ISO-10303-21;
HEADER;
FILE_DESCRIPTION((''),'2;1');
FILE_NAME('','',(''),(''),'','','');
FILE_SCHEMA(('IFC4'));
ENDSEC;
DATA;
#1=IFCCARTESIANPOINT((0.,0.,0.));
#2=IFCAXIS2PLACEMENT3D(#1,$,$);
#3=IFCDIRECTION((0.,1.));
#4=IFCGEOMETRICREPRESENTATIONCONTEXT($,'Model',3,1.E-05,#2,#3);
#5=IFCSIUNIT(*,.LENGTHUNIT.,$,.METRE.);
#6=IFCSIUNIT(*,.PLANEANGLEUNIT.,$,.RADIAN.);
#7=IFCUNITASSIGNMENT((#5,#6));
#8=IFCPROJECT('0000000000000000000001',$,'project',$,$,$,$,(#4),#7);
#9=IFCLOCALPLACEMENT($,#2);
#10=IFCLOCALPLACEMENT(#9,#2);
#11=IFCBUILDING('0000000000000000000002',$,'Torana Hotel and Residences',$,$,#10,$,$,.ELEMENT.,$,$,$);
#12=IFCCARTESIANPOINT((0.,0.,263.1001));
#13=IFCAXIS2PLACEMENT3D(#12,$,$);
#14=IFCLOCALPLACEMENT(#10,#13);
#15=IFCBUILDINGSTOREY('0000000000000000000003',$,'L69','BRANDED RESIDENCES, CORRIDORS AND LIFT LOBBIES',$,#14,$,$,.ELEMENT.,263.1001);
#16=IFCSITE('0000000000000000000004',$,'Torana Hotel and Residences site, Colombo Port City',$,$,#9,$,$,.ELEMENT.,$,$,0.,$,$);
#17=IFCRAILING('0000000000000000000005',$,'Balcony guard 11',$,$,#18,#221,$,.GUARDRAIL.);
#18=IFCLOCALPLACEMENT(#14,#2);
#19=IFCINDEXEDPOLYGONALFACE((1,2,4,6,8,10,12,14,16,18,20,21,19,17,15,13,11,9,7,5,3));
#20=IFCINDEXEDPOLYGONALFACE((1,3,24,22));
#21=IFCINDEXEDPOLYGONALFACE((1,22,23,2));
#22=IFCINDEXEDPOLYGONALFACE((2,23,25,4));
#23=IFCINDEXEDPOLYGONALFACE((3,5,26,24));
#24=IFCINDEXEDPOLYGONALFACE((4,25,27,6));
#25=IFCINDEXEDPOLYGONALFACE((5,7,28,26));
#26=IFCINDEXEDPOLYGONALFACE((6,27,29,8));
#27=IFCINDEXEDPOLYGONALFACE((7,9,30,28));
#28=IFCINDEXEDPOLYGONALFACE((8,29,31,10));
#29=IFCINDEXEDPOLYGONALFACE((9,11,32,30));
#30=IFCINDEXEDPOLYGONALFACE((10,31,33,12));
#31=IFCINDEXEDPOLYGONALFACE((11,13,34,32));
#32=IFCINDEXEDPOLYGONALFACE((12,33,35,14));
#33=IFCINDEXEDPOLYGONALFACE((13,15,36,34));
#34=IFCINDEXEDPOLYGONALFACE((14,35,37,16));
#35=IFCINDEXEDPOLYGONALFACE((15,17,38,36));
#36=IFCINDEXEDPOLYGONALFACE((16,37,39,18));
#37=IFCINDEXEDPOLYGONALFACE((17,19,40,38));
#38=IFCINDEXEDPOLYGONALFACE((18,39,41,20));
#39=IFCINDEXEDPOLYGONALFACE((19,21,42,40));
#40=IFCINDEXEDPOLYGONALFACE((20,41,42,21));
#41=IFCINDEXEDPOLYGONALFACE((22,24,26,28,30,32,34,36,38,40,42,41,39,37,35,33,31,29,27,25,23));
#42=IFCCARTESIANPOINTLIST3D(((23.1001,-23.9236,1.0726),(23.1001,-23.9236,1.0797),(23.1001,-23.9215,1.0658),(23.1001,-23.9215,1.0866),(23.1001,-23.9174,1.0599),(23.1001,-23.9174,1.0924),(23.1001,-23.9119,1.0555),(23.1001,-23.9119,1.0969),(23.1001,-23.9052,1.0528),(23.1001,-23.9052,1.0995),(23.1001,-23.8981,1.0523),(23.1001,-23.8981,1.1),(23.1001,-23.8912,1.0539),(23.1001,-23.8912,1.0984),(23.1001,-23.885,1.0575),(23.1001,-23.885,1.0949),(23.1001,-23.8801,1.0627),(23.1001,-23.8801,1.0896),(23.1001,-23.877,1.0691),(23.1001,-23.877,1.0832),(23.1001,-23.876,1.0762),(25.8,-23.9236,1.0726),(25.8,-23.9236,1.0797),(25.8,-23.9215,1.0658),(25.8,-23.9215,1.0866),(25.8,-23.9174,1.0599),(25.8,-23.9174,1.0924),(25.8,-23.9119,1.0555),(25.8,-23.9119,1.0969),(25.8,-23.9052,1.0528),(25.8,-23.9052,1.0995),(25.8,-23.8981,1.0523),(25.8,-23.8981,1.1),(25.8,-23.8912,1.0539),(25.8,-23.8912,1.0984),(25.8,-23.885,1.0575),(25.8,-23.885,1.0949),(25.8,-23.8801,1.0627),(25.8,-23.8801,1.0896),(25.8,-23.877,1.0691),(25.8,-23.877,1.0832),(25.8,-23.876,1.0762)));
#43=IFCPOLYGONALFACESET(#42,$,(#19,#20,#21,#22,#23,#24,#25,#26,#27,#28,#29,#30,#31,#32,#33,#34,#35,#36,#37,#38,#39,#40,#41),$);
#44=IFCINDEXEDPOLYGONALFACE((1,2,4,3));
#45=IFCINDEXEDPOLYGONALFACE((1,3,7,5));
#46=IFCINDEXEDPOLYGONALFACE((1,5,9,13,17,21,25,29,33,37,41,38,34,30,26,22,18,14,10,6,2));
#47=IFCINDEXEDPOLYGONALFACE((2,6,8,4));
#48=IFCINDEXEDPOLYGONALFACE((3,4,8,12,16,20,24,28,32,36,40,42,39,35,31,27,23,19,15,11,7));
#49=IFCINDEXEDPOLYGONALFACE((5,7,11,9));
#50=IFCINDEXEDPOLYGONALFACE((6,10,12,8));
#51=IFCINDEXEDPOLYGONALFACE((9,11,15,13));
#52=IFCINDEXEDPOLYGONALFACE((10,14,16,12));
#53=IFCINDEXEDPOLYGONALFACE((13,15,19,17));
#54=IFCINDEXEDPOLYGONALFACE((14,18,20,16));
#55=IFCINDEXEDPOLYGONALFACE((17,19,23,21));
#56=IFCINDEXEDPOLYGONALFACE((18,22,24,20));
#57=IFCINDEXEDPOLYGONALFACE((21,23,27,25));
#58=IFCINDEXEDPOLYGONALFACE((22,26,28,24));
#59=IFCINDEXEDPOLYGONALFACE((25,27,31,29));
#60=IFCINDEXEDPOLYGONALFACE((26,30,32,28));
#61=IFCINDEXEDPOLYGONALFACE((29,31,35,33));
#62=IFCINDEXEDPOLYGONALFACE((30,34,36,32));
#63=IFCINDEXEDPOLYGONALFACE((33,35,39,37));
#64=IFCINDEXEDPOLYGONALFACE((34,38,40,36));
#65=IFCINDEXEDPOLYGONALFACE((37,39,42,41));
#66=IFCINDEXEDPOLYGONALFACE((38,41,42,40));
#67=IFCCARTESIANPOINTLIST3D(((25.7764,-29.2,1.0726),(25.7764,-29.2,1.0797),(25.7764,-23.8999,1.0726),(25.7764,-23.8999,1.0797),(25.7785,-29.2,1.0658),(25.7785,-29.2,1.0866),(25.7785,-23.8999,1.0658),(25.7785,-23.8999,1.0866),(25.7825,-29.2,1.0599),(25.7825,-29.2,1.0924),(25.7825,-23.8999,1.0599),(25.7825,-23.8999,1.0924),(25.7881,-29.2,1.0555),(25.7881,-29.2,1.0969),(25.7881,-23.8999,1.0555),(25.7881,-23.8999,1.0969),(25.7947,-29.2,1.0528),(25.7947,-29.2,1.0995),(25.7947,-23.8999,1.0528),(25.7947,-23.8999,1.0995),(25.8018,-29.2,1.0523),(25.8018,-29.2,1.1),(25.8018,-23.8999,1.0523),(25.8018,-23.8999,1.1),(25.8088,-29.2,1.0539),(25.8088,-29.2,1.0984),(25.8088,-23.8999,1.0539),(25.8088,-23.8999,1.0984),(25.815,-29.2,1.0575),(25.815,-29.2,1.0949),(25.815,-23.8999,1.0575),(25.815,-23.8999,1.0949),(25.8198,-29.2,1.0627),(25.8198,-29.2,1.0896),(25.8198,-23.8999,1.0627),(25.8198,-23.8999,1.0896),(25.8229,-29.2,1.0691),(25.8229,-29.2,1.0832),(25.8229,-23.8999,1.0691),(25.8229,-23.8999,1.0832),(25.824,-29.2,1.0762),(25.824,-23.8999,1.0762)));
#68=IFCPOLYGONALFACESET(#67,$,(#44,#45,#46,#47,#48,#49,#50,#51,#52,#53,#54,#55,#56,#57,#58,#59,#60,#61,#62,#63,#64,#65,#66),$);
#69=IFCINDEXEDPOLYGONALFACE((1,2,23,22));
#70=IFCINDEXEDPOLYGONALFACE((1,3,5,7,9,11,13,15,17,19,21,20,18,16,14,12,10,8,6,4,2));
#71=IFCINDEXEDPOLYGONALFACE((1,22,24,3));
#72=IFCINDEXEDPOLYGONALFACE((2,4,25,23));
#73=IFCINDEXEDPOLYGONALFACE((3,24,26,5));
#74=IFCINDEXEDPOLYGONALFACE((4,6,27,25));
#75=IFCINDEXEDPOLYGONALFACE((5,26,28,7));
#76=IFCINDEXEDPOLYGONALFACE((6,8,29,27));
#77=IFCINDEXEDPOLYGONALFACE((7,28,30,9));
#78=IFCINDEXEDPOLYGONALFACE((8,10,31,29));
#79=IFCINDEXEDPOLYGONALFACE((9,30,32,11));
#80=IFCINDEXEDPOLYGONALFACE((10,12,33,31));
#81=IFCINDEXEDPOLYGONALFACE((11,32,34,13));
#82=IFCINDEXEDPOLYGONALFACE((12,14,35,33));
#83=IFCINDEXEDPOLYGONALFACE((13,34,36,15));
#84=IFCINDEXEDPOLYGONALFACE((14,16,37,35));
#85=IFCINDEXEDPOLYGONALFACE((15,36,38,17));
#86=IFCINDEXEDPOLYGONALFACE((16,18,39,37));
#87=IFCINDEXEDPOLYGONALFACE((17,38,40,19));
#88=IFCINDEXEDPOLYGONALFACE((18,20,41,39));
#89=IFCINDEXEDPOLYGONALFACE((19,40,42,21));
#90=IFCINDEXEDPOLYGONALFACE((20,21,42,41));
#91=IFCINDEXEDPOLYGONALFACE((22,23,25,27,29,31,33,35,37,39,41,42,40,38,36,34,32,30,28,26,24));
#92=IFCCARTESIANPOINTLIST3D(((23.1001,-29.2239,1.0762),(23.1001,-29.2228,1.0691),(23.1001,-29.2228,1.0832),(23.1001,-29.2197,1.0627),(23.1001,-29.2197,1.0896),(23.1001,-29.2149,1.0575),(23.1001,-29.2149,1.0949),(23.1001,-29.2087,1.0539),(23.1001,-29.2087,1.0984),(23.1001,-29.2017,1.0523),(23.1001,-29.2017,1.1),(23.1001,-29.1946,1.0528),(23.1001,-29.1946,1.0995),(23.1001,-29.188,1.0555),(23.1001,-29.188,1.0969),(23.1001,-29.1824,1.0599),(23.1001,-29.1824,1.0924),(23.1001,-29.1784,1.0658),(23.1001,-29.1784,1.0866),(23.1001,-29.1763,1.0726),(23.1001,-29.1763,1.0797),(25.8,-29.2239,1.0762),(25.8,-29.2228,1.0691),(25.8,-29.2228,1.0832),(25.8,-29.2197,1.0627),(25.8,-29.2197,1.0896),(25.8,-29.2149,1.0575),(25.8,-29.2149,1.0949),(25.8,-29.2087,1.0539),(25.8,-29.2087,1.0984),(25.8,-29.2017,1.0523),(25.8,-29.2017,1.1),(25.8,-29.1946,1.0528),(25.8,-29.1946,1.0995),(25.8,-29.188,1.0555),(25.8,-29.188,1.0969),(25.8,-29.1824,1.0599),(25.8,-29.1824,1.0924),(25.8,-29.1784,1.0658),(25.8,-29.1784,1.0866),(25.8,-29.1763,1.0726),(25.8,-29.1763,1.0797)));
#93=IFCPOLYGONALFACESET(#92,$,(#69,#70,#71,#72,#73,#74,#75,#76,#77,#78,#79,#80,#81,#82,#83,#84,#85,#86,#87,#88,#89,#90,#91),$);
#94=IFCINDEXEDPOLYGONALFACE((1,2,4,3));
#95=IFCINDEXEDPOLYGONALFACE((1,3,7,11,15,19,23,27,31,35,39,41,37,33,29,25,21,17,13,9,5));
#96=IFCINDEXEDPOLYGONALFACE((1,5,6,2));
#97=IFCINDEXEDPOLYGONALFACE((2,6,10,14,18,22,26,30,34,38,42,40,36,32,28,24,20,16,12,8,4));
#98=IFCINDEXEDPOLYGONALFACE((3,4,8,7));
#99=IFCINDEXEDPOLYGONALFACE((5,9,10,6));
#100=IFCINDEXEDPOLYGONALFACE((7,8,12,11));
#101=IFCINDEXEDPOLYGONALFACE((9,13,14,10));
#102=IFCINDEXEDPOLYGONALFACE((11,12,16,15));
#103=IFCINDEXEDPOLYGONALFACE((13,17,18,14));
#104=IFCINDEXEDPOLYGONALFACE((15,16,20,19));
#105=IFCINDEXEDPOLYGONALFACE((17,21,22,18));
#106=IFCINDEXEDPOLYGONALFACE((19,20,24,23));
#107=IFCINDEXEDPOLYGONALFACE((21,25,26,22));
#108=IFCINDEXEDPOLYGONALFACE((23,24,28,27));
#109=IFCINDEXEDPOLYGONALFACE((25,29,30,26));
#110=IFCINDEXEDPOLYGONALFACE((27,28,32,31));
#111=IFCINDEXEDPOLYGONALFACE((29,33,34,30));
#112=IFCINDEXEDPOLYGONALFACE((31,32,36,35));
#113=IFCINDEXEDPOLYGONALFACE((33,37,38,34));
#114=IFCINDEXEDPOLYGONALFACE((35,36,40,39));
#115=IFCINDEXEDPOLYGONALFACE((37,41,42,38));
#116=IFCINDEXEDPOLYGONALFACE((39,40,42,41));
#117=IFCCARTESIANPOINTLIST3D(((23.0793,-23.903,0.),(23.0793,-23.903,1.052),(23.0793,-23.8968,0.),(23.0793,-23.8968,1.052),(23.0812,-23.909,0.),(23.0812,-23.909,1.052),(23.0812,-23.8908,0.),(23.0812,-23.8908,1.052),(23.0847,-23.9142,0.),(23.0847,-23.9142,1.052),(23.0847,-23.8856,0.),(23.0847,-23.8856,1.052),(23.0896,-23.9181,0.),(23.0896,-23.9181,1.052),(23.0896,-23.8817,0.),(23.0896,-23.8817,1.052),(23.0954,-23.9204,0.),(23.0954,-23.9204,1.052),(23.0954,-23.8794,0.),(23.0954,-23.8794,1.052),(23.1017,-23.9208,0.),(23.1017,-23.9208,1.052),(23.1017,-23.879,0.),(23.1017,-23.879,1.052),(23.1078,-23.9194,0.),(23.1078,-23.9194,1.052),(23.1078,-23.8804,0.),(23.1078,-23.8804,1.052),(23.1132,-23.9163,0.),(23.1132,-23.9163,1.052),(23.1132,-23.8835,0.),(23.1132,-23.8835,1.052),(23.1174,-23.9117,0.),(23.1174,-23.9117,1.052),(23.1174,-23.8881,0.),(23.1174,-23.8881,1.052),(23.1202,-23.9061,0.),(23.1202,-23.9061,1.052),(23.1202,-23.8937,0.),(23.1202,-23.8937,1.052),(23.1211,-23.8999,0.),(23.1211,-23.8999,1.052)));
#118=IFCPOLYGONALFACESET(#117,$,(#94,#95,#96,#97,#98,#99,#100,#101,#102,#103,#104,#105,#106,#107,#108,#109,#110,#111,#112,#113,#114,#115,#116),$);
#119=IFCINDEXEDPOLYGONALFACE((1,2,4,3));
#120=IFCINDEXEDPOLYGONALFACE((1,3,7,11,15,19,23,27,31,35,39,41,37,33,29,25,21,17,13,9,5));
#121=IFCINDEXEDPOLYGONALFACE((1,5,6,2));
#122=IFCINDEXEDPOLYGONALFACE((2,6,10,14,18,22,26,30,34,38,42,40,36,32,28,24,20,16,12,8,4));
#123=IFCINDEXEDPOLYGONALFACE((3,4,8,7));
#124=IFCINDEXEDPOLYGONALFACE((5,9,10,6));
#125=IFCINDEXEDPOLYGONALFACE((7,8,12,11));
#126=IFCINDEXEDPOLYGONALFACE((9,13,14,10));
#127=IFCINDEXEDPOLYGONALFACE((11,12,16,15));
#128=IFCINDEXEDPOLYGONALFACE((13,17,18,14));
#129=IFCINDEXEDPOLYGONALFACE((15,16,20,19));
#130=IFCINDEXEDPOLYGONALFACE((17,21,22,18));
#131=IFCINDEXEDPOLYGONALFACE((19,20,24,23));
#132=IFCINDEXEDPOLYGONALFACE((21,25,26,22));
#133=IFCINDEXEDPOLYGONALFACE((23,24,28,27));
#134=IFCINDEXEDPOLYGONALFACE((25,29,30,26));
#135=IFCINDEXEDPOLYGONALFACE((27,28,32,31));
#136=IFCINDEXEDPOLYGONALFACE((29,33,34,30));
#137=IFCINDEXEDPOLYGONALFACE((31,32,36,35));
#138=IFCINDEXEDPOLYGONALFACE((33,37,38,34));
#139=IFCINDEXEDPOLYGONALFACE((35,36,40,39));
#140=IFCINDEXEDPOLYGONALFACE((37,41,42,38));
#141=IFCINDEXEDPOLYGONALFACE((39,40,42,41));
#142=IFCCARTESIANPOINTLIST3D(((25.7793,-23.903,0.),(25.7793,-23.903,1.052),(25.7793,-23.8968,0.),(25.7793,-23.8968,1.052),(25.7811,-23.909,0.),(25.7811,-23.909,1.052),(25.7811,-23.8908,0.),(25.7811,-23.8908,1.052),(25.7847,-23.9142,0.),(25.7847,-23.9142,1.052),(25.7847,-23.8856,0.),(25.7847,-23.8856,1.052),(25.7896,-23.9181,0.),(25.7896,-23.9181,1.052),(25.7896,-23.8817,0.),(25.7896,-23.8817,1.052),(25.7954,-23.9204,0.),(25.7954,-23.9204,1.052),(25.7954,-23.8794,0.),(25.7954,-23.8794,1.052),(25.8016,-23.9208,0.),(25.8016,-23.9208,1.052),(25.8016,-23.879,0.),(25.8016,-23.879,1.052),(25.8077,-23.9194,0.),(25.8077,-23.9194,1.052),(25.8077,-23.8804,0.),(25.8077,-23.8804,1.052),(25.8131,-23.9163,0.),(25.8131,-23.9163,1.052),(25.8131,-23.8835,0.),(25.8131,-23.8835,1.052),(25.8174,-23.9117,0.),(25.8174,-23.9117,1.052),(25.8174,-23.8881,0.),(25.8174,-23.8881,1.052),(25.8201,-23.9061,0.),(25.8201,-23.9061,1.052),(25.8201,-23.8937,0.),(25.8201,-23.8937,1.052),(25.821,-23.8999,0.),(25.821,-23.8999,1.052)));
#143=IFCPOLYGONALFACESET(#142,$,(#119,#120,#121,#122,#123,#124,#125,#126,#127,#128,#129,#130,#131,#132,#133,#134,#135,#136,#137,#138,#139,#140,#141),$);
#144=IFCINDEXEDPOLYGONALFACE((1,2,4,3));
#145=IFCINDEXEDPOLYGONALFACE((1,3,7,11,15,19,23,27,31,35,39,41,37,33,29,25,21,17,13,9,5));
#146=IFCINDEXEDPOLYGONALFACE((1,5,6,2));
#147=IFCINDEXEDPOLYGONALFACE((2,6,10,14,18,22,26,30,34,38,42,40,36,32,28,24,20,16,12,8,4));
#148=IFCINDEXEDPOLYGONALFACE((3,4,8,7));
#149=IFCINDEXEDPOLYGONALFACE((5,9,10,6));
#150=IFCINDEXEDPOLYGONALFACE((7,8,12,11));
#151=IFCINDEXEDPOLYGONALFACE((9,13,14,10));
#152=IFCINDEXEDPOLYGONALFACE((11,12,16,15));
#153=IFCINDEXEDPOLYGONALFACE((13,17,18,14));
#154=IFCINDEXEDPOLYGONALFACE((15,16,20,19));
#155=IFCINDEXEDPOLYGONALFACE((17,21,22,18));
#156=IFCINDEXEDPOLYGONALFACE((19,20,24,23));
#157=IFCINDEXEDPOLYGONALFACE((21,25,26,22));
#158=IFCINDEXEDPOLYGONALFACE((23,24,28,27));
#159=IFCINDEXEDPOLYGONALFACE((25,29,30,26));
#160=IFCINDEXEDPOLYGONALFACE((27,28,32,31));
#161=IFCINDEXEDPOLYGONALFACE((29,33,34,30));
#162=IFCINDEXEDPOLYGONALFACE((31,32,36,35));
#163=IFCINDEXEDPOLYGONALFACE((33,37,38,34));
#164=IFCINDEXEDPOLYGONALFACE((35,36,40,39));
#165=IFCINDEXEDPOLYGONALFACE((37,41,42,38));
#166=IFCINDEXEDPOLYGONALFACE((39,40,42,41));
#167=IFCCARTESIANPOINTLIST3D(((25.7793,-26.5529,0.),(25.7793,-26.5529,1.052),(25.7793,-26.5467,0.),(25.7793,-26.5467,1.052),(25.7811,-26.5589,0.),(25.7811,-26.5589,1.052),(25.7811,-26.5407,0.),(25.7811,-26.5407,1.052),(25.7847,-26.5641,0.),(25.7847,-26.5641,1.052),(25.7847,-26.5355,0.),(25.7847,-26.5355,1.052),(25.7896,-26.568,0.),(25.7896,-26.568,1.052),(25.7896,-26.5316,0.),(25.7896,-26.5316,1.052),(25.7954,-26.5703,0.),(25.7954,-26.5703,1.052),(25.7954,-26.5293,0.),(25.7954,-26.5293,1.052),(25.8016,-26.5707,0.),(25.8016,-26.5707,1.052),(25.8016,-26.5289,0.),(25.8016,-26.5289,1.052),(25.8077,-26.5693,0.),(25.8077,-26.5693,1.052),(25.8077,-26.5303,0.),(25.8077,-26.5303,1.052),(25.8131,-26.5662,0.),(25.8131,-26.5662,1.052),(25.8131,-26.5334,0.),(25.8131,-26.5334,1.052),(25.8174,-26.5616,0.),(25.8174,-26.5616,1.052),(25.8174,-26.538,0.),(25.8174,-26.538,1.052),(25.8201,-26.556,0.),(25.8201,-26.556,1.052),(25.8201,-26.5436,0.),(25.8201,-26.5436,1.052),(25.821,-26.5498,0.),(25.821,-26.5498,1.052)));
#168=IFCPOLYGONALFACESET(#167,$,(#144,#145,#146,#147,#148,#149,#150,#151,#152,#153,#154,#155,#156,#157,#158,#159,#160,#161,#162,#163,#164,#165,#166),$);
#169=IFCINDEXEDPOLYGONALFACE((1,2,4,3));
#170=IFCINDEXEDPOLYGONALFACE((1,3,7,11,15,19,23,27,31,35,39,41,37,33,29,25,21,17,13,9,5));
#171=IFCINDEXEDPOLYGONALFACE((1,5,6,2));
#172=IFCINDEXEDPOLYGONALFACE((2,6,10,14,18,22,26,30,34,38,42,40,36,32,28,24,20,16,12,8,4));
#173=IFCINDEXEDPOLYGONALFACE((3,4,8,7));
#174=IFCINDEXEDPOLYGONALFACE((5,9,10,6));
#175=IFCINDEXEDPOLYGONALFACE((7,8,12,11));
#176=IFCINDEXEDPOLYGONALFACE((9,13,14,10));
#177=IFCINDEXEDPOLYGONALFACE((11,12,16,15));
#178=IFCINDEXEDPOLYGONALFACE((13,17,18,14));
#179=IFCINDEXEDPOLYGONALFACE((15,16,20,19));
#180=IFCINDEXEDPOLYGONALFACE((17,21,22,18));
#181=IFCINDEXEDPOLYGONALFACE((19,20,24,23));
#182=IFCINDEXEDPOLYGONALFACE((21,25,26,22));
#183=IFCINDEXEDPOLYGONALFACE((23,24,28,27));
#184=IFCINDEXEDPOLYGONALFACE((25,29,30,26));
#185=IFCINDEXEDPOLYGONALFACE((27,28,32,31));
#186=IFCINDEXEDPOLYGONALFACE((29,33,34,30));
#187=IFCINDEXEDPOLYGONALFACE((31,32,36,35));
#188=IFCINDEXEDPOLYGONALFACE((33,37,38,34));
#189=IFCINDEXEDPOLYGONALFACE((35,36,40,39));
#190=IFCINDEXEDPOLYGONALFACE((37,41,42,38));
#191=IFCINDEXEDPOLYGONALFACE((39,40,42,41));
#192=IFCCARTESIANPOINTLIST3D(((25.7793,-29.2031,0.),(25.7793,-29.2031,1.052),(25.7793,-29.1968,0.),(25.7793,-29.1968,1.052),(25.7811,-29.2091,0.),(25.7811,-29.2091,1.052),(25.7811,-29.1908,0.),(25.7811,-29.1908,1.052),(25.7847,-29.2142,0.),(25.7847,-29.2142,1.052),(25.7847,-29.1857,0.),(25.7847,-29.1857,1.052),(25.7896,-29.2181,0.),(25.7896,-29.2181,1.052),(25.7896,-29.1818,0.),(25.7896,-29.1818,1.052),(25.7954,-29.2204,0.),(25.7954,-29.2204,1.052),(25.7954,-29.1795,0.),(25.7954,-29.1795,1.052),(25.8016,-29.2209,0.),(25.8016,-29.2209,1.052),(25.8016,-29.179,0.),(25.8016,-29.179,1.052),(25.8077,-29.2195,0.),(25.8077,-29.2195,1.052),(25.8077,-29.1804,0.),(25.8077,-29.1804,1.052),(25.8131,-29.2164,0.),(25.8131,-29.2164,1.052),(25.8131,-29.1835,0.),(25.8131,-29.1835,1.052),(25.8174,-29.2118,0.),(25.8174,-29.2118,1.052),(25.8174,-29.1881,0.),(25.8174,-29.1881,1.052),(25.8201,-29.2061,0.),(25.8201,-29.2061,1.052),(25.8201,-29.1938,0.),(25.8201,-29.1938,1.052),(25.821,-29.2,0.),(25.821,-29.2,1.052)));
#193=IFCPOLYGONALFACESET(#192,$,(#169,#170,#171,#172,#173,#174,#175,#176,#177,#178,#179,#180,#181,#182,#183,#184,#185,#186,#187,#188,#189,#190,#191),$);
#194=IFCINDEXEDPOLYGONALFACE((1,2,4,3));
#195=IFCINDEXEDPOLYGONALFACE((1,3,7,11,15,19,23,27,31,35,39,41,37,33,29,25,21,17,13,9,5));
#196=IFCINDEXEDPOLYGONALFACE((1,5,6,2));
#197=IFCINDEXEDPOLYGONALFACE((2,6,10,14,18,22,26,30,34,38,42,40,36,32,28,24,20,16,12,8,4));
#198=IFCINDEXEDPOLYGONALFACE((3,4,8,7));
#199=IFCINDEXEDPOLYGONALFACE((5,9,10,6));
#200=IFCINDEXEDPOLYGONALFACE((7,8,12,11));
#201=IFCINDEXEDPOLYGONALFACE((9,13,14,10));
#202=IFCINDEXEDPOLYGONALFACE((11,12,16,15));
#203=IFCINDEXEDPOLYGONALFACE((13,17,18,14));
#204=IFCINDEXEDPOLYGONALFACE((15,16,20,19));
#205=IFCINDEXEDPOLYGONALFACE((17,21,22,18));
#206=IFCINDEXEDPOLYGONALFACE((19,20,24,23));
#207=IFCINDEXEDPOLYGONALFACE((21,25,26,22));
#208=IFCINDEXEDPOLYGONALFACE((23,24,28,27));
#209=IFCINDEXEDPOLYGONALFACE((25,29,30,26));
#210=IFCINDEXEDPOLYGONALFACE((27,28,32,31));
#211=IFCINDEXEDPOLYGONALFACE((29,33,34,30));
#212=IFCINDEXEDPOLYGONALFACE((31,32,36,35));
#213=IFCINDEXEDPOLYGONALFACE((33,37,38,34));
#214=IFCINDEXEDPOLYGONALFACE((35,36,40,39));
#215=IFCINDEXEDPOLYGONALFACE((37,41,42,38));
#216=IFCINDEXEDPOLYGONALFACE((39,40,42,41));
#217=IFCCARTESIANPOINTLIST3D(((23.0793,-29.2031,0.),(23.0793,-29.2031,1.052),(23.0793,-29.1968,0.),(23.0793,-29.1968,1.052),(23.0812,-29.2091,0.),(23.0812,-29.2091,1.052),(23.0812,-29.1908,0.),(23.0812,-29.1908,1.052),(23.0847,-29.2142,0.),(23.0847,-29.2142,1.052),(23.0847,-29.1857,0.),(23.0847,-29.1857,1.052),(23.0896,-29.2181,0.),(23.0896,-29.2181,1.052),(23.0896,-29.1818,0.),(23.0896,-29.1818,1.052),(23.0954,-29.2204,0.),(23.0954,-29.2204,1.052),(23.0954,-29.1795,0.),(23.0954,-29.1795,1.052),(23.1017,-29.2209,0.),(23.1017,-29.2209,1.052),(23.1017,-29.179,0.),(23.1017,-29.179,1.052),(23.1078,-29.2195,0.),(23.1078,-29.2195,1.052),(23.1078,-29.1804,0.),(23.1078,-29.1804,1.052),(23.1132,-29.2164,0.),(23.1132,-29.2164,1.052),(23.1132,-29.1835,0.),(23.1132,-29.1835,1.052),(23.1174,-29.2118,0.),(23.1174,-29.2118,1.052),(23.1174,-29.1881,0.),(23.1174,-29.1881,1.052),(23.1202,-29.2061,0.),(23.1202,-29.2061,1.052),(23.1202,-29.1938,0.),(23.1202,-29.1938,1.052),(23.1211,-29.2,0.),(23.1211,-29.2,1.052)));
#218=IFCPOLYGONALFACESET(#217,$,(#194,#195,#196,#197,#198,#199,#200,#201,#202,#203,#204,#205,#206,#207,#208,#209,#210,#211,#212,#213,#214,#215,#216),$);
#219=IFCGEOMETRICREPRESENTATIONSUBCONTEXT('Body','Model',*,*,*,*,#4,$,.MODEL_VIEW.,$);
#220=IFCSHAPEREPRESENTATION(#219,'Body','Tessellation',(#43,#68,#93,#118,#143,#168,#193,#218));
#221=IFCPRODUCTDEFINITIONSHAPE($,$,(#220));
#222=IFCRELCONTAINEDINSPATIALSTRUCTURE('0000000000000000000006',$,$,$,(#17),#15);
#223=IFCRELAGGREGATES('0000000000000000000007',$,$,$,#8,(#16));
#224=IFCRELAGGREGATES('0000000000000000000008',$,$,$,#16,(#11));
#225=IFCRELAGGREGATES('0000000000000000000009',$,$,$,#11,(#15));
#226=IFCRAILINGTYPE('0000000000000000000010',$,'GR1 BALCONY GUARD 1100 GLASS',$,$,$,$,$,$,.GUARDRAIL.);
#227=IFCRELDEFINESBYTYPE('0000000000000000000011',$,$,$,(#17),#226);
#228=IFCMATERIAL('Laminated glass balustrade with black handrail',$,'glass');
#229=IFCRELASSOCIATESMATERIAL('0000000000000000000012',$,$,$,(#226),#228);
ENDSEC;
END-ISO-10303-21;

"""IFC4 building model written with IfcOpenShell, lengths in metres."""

from ifc_helpers import new_model, si_unit, direction, frame, origin, origin_2d, place, context, subcontext, project, spatial, circle, extrude, material, type_object, element, save


model = new_model("IFC4")

# Units and contexts
model_context = context("Model", 3, precision=1e-05, world=origin(), true_north=direction((0.0, 1.0)))
body_context = subcontext(model_context, "Body", "Model", "MODEL_VIEW")
ifc_project = project(units=[si_unit("LENGTHUNIT", "METRE"), si_unit("PLANEANGLEUNIT", "RADIAN")], contexts=[model_context])

# Site, building, storey
site_placement = place(None, origin())
site = spatial("IfcSite", under=ifc_project, at=site_placement, Name="Torana Hotel and Residences site, Colombo Port City", CompositionType="ELEMENT", RefElevation=0.0)
building_placement = place(site_placement, origin())
building = spatial("IfcBuilding", under=site, at=building_placement, Name="Torana Hotel and Residences", CompositionType="ELEMENT")
storey_placement = place(building_placement, frame((0.0, 0.0, 263.1001)))
storey = spatial("IfcBuildingStorey", under=building, at=storey_placement, Name="L69", Description="BRANDED RESIDENCES, CORRIDORS AND LIFT LOBBIES", CompositionType="ELEMENT", Elevation=263.1001)

# Railing
ifc_material_1 = material(Name="Laminated glass balustrade with black handrail", Category="glass")
railing_type = type_object("IfcRailingType", Name="GR1 BALCONY GUARD 1100 GLASS", PredefinedType="GUARDRAIL", material=ifc_material_1)
railing_1_placement = place(storey_placement, frame((23.1001, -23.8999, 0.0)))
element("IfcRailing", 1, at=railing_1_placement, inside=storey, type_object=railing_type, Name="Balcony guard 11", PredefinedType="GUARDRAIL", context=body_context, shape_type="SweptSolid", body=[
    extrude(circle(Radius=0.0239, at=origin_2d()), frame((0.0, 0.0, 1.0762), z_axis=(1.0, 0.0, 0.0), x_axis=(0.0, 1.0, 0.0)), (0.0, 0.0, 1.0), 2.7),
    extrude(circle(Radius=0.0239, at=origin_2d()), frame((2.7, 0.0, 1.0762), z_axis=(0.0, -1.0, 0.0), x_axis=(1.0, 0.0, 0.0)), (0.0, 0.0, 1.0), 5.3),
    extrude(circle(Radius=0.0239, at=origin_2d()), frame((2.7, -5.3, 1.0762), z_axis=(-1.0, 0.0, 0.0), x_axis=(0.0, -1.0, 0.0)), (0.0, 0.0, 1.0), 2.7),
    extrude(circle(Radius=0.021, at=origin_2d()), origin(), (0.0, 0.0, 1.0), 1.052),
    extrude(circle(Radius=0.021, at=origin_2d()), frame((2.7, 0.0, 0.0)), (0.0, 0.0, 1.0), 1.052),
    extrude(circle(Radius=0.021, at=origin_2d()), frame((2.7, -2.6499, 0.0)), (0.0, 0.0, 1.0), 1.052),
    extrude(circle(Radius=0.021, at=origin_2d()), frame((2.7, -5.3, 0.0)), (0.0, 0.0, 1.0), 1.052),
    extrude(circle(Radius=0.021, at=origin_2d()), frame((0.0, -5.3, 0.0)), (0.0, 0.0, 1.0), 1.052),
])

save(model, "model.ifc")
